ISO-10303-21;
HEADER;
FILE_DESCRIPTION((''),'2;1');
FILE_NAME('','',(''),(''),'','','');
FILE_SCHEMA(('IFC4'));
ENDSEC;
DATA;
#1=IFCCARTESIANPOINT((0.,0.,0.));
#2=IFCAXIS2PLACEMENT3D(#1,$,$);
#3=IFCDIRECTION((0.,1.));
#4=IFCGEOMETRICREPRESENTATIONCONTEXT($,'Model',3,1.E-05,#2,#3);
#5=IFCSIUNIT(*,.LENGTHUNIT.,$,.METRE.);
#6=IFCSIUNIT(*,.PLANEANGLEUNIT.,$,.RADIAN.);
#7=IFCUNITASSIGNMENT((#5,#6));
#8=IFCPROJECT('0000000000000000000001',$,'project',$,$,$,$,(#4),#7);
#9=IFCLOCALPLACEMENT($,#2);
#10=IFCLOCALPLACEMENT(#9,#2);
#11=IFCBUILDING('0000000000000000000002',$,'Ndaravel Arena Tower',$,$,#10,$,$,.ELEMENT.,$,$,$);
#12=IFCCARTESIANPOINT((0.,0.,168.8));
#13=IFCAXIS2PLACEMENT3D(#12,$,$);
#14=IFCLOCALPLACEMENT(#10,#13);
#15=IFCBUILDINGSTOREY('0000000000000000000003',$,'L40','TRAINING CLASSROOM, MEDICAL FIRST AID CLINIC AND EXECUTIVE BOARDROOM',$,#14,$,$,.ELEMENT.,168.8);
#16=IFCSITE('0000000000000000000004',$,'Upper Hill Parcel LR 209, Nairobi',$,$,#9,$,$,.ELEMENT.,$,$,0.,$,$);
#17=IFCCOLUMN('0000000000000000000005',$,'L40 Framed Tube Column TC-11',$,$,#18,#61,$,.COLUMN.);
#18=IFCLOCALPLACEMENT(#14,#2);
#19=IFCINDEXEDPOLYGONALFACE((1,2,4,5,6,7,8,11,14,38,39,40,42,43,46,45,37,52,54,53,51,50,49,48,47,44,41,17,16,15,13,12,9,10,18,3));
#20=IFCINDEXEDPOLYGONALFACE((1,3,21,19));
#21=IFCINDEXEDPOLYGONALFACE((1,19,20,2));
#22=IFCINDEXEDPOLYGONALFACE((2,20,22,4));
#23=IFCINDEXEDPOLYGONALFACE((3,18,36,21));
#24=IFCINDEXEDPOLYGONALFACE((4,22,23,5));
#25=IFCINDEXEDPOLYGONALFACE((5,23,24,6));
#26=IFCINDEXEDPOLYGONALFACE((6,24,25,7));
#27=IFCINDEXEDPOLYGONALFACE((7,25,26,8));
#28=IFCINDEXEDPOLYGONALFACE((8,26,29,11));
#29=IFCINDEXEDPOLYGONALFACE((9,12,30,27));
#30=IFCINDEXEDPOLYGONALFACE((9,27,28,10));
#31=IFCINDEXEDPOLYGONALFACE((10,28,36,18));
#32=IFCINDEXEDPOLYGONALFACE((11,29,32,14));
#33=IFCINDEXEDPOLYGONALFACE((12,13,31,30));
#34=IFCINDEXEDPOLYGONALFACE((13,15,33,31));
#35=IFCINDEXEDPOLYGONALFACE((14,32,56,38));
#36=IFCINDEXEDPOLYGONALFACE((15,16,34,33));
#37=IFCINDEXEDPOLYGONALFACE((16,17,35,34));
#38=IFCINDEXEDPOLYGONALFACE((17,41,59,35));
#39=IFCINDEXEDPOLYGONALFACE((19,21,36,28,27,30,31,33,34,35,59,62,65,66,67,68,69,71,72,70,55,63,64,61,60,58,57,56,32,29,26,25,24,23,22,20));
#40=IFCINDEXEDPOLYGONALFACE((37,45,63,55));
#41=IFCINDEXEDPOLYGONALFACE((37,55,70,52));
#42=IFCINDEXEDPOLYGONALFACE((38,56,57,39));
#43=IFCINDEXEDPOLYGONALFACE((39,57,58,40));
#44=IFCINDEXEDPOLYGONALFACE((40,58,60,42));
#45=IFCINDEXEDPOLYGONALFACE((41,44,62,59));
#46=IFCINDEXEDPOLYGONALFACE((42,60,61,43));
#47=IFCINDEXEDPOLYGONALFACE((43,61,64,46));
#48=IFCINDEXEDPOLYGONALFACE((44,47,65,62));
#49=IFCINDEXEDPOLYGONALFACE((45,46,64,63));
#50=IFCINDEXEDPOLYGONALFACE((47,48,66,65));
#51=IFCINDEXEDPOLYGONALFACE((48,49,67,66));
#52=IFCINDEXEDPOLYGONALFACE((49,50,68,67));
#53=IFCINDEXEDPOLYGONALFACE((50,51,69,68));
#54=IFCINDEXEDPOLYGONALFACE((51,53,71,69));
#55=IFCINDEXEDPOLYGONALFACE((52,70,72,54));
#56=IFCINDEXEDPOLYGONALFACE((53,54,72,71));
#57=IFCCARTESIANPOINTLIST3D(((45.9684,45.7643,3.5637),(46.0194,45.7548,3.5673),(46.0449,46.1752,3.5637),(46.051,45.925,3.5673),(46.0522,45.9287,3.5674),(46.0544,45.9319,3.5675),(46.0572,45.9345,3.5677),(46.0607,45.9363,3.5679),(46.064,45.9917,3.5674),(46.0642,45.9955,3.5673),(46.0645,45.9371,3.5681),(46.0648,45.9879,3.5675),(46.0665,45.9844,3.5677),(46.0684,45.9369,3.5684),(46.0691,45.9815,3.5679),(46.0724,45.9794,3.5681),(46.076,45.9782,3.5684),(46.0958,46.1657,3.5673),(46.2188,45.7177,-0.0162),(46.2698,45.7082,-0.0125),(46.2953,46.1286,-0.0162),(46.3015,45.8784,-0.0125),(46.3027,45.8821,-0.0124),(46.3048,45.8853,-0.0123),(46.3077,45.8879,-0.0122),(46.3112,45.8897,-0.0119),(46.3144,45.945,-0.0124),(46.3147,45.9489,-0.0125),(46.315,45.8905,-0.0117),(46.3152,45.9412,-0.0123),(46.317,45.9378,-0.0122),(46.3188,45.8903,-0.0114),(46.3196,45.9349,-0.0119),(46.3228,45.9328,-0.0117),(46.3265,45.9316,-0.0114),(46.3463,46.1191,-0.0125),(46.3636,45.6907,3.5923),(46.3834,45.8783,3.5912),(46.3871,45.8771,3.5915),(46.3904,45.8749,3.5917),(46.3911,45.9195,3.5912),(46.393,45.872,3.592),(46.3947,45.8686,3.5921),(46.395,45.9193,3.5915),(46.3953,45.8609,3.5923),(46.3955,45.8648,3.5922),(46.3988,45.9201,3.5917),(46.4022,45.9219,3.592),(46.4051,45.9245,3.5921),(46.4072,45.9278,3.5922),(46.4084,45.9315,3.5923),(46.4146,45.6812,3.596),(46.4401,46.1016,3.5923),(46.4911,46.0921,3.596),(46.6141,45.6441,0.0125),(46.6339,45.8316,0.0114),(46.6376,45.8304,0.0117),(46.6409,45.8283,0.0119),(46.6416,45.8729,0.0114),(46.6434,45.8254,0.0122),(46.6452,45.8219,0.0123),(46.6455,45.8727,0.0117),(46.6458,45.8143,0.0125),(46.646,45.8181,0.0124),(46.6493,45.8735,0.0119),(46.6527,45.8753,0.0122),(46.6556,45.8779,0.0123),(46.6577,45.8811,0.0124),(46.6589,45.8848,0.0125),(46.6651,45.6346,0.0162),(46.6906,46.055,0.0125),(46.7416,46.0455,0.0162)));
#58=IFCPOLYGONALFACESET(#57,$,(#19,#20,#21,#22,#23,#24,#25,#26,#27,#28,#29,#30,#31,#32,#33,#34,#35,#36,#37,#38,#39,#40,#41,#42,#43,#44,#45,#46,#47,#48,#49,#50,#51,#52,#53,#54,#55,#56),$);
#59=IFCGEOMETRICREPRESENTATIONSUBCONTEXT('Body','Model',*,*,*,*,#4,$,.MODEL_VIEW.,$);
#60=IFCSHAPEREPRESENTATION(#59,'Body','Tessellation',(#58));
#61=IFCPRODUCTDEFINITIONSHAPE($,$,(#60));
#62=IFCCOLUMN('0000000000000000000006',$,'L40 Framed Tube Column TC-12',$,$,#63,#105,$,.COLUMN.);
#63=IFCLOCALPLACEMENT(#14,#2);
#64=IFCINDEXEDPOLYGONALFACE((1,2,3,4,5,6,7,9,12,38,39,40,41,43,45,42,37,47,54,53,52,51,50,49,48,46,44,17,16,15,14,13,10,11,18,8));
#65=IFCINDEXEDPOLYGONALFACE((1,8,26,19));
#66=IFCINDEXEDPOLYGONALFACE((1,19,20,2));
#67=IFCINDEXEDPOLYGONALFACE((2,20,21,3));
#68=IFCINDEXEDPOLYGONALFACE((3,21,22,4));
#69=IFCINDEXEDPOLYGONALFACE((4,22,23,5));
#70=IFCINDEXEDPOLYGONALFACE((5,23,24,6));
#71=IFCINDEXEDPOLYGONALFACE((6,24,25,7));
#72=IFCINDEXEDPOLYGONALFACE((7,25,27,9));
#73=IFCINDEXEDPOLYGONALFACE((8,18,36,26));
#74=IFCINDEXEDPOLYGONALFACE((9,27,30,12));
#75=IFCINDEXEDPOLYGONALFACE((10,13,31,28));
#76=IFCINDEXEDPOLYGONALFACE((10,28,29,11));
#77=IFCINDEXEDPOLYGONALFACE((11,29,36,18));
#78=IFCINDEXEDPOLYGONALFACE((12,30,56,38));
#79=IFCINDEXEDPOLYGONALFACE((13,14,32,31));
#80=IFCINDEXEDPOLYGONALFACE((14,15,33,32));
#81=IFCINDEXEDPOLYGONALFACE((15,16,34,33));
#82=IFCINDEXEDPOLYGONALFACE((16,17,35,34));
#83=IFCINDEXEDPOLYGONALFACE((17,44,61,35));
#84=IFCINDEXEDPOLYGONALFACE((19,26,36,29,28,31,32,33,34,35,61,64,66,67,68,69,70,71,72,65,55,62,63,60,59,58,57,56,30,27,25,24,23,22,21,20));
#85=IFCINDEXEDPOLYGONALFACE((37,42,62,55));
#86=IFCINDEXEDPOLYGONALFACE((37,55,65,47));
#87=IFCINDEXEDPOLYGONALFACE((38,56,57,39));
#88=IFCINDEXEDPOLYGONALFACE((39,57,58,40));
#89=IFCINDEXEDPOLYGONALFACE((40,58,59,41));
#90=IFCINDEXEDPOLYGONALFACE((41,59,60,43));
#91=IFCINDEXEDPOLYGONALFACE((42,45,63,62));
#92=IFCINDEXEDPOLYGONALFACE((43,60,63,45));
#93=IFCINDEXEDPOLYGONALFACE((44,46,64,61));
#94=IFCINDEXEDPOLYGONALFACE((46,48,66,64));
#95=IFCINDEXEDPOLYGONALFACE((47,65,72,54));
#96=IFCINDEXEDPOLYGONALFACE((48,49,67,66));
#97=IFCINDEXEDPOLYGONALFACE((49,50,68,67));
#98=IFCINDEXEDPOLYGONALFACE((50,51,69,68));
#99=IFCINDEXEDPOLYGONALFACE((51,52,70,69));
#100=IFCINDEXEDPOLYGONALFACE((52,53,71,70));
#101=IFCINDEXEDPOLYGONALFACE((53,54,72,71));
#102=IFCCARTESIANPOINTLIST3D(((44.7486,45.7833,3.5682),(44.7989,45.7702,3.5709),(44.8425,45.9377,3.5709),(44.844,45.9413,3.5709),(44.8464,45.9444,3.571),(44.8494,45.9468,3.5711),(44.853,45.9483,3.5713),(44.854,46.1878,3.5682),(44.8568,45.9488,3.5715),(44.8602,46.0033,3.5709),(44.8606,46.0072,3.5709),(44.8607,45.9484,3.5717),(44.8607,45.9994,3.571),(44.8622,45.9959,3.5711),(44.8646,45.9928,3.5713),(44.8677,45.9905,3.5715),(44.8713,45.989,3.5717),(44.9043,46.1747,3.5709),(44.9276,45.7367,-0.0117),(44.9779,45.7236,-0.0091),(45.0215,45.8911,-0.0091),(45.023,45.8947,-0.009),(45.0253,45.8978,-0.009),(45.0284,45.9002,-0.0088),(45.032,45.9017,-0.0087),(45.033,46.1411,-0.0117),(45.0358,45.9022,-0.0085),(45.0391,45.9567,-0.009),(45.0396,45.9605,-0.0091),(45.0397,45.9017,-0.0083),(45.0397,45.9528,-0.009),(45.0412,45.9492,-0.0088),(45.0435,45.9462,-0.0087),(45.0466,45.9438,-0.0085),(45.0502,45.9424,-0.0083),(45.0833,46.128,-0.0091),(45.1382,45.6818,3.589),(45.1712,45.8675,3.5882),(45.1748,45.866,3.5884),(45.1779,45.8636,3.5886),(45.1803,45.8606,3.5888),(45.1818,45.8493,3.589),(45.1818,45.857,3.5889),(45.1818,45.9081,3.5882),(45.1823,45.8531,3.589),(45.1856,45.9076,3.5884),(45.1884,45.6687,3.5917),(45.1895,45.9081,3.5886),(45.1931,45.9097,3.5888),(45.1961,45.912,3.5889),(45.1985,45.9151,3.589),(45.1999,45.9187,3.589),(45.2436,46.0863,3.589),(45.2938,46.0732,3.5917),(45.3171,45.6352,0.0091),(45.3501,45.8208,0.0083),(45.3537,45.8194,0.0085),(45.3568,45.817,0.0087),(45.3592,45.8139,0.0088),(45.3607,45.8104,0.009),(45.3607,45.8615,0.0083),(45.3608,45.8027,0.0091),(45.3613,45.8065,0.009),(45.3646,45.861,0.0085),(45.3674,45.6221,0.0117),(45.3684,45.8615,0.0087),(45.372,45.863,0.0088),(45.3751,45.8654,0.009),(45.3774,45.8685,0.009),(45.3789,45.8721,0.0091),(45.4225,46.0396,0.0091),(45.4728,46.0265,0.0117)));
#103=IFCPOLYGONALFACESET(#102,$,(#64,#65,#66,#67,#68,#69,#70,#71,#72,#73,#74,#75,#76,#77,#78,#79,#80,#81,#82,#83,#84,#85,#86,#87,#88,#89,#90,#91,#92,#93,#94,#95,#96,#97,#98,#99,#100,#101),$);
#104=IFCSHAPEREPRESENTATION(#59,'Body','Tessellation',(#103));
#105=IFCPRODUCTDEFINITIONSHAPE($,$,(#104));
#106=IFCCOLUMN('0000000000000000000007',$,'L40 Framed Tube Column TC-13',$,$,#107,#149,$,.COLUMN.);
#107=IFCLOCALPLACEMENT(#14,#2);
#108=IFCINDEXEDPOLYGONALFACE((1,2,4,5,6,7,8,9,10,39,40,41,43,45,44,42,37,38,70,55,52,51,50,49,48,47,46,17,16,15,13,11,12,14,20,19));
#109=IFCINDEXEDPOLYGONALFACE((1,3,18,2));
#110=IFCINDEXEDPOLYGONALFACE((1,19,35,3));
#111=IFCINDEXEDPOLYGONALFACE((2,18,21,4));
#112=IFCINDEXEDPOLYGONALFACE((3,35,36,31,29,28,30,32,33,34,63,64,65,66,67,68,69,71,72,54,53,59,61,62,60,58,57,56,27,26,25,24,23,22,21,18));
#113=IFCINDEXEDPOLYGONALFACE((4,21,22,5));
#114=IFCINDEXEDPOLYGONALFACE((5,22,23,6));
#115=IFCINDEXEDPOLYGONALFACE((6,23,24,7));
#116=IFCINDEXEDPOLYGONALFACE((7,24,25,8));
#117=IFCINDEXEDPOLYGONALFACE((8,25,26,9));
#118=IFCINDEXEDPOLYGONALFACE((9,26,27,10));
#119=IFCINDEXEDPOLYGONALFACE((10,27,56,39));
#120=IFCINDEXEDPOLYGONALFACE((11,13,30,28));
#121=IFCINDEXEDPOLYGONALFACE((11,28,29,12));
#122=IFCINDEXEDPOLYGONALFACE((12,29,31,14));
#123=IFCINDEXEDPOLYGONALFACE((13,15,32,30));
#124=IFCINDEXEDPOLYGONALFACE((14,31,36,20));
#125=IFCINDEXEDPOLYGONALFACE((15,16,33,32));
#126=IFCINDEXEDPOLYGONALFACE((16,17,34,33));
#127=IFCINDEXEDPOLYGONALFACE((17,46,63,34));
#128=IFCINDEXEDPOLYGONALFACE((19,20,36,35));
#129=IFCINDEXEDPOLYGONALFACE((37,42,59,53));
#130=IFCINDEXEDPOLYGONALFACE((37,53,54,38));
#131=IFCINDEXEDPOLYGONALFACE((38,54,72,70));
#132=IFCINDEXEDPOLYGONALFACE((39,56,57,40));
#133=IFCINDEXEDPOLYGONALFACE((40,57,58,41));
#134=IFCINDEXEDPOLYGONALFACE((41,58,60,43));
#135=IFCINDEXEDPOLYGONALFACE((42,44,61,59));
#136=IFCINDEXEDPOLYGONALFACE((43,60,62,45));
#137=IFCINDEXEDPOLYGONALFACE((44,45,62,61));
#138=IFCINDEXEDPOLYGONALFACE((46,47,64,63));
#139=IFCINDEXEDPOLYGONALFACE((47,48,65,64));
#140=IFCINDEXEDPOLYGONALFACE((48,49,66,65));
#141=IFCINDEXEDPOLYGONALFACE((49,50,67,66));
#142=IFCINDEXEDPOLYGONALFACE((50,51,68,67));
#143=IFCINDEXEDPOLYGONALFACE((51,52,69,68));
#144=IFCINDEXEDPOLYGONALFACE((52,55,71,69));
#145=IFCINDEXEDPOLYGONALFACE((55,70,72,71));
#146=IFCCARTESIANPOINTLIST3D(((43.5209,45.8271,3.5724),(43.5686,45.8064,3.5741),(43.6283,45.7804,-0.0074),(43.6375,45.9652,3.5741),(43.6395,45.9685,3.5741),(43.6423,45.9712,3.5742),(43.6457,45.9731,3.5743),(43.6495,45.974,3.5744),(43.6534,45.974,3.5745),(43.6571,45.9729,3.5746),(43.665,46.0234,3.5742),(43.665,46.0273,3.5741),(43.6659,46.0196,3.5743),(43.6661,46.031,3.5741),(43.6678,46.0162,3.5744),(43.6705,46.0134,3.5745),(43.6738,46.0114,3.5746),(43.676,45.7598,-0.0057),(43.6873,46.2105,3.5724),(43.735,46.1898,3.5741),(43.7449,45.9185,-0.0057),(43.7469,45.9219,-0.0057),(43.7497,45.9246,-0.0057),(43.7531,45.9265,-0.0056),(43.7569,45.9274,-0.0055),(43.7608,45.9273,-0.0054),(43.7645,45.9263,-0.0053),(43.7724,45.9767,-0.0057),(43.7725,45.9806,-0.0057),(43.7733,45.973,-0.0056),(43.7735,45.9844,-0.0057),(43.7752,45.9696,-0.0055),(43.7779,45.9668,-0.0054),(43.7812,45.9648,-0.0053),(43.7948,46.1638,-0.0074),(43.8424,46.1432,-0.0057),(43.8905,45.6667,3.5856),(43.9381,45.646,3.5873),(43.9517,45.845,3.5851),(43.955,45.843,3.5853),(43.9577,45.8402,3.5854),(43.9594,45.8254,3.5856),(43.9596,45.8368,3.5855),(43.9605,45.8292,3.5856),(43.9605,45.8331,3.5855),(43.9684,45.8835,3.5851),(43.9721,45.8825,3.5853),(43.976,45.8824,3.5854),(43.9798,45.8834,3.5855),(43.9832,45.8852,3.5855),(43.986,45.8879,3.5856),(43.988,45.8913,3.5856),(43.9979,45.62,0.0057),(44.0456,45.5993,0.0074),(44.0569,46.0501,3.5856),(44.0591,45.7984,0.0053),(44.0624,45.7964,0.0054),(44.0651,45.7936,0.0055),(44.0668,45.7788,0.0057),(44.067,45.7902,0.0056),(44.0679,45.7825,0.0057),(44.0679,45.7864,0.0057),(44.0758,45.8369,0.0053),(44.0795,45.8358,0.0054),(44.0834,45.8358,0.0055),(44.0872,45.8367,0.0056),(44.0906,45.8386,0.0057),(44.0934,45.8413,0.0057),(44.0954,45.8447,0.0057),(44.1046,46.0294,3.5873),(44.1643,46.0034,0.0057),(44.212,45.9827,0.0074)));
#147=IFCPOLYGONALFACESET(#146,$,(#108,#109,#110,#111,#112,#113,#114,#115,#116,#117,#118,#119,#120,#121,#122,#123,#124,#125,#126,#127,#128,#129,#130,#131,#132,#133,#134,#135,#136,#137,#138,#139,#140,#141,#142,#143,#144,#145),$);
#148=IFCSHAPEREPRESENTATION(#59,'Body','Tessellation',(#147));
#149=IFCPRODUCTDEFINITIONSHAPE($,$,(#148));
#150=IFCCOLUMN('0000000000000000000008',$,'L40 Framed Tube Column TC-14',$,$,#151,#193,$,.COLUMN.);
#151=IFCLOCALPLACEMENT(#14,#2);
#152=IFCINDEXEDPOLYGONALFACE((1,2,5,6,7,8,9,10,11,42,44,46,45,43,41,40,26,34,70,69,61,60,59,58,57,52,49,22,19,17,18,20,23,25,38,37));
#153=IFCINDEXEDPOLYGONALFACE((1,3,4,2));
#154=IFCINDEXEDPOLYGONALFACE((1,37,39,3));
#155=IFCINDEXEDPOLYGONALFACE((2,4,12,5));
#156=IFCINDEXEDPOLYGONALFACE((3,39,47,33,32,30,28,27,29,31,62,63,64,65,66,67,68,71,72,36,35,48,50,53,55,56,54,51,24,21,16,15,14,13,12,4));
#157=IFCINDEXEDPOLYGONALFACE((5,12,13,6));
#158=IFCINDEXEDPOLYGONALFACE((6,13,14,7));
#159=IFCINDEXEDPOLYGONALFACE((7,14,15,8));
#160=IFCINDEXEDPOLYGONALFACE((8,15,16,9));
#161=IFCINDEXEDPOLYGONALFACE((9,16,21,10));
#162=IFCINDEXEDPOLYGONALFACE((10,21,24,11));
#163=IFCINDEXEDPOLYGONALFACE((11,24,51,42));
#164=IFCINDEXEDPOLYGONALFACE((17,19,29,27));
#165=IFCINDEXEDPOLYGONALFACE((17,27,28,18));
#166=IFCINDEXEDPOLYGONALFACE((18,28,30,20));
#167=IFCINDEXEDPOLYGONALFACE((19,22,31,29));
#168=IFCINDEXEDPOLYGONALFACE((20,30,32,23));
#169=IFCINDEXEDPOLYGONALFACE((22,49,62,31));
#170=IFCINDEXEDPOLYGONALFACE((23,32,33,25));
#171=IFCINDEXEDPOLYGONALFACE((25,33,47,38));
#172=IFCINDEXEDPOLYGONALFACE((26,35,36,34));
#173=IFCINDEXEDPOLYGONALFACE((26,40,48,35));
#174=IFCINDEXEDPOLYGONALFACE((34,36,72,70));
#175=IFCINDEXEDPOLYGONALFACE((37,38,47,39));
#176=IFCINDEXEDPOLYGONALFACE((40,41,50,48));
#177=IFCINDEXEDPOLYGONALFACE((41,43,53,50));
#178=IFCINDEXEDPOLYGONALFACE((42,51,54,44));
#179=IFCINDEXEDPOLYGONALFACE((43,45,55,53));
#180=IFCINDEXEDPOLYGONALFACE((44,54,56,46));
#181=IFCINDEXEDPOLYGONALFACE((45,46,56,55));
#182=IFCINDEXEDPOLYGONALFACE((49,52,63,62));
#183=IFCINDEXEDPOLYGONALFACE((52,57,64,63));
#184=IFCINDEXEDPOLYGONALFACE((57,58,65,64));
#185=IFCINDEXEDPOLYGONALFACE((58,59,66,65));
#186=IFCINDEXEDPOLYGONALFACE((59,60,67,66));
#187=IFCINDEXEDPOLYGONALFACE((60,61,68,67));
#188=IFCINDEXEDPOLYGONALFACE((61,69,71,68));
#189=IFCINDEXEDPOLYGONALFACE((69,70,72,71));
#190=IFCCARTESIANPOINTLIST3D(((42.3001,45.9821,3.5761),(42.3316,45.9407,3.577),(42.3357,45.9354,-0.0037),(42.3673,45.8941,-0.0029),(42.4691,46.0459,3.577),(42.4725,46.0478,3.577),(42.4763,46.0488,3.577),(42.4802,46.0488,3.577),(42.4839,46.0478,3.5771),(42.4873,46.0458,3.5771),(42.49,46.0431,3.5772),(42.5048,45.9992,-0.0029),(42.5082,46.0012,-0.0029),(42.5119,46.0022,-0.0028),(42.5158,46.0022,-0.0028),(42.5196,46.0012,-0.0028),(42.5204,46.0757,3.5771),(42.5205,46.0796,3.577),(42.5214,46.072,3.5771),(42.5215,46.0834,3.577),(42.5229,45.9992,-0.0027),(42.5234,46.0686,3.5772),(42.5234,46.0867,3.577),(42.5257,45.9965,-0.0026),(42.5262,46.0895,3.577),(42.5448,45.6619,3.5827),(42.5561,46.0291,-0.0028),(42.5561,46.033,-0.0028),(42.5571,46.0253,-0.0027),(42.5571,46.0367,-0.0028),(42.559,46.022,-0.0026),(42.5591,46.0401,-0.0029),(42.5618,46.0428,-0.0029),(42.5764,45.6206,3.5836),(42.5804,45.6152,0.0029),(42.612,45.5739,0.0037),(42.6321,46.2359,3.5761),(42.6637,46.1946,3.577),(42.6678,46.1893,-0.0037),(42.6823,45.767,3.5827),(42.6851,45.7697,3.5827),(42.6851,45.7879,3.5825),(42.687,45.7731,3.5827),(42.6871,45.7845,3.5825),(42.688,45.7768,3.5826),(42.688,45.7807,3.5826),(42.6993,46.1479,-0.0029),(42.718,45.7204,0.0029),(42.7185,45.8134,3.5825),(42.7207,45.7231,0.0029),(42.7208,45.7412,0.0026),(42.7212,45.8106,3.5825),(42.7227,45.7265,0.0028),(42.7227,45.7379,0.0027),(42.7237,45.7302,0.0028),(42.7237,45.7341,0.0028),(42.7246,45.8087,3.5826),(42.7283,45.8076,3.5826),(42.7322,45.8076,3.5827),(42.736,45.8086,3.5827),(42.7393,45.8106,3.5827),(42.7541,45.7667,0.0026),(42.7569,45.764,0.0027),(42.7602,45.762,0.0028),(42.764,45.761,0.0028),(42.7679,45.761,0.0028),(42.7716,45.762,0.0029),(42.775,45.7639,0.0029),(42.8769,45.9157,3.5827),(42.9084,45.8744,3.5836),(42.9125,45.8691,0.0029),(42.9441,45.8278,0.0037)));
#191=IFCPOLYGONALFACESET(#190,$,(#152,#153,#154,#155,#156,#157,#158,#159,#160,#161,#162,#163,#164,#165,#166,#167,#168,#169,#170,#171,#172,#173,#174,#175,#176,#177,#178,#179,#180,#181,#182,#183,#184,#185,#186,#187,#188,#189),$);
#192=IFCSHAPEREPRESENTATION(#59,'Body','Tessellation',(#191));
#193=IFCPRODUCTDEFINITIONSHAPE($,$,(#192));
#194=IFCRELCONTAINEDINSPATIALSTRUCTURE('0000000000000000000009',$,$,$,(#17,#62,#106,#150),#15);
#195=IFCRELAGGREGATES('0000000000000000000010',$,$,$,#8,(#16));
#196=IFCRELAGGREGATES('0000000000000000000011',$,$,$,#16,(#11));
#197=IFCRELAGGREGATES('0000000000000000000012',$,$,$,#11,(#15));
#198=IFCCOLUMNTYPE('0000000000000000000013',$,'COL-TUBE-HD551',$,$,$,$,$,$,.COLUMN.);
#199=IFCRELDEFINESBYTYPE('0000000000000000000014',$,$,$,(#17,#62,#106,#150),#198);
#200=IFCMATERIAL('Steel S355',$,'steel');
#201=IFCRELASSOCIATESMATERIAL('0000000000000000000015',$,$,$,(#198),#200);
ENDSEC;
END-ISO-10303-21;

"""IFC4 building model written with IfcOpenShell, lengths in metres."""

from ifc_helpers import new_model, si_unit, direction, frame, origin, origin_2d, place, context, subcontext, project, spatial, i_section, extrude, material, material_profile, profile_set, type_object, element, save


model = new_model("IFC4")

# Units and contexts
model_context = context("Model", 3, precision=1e-05, world=origin(), true_north=direction((0.0, 1.0)))
body_context = subcontext(model_context, "Body", "Model", "MODEL_VIEW")
ifc_project = project(units=[si_unit("LENGTHUNIT", "METRE"), si_unit("PLANEANGLEUNIT", "RADIAN")], contexts=[model_context])

# Site, building, storey
site_placement = place(None, origin())
site = spatial("IfcSite", under=ifc_project, at=site_placement, Name="Upper Hill Parcel LR 209, Nairobi", CompositionType="ELEMENT", RefElevation=0.0)
building_placement = place(site_placement, origin())
building = spatial("IfcBuilding", under=site, at=building_placement, Name="Ndaravel Arena Tower", CompositionType="ELEMENT")
storey_placement = place(building_placement, frame((0.0, 0.0, 168.8)))
storey = spatial("IfcBuildingStorey", under=building, at=storey_placement, Name="L40", Description="TRAINING CLASSROOM, MEDICAL FIRST AID CLINIC AND EXECUTIVE BOARDROOM", CompositionType="ELEMENT", Elevation=168.8)

# Columns
ifc_material_1 = material(Name="Steel S355", Category="steel")
ifc_material_profile_1 = material_profile(ifc_material_1, i_section(OverallWidth=0.418, OverallDepth=0.4551, WebThickness=0.042, FlangeThickness=0.052, FilletRadius=0.0149, at=origin_2d()), Name="HD 400x551")
ifc_profile_set_1 = profile_set([ifc_material_profile_1], Name="Steel S355")
column_type = type_object("IfcColumnType", Name="COL-TUBE-HD551", PredefinedType="COLUMN", material=ifc_profile_set_1)
column_1_placement = place(storey_placement, frame((46.4802, 45.8816, 0.0), z_axis=(-0.069795, 0.012993, 0.997477), x_axis=(-0.183016, -0.98311, 0.0)))
element("IfcColumn", 1, at=column_1_placement, inside=storey, type_object=column_type, Name="L40 Framed Tube Column TC-11", PredefinedType="COLUMN", context=body_context, shape_type="SweptSolid", body=[
    extrude(i_section(OverallWidth=0.418, OverallDepth=0.4551, WebThickness=0.042, FlangeThickness=0.052, FilletRadius=0.0149, at=origin_2d()), origin(), (0.0, 0.0, 1.0), 3.5889),
])
column_2_placement = place(storey_placement, frame((45.2002, 45.8816, 0.0), z_axis=(-0.049923, 0.013009, 0.998668), x_axis=(-0.252153, -0.967687, 0.0)))
element("IfcColumn", 2, at=column_2_placement, inside=storey, type_object=column_type, Name="L40 Framed Tube Column TC-12", PredefinedType="COLUMN", context=body_context, shape_type="SweptSolid", body=[
    extrude(i_section(OverallWidth=0.418, OverallDepth=0.4551, WebThickness=0.042, FlangeThickness=0.052, FilletRadius=0.0149, at=origin_2d()), origin(), (0.0, 0.0, 1.0), 3.5847),
])
column_3_placement = place(storey_placement, frame((43.9202, 45.8816, 0.0), z_axis=(-0.029991, 0.013019, 0.999465), x_axis=(-0.398192, -0.917302, 0.0)))
element("IfcColumn", 3, at=column_3_placement, inside=storey, type_object=column_type, Name="L40 Framed Tube Column TC-13", PredefinedType="COLUMN", context=body_context, shape_type="SweptSolid", body=[
    extrude(i_section(OverallWidth=0.418, OverallDepth=0.4551, WebThickness=0.042, FlangeThickness=0.052, FilletRadius=0.0149, at=origin_2d()), origin(), (0.0, 0.0, 1.0), 3.5818),
])
column_4_placement = place(storey_placement, frame((42.6399, 45.8816, 0.0), z_axis=(-0.009956, 0.013024, 0.999866), x_axis=(-0.794476, -0.607296, 0.0)))
element("IfcColumn", 4, at=column_4_placement, inside=storey, type_object=column_type, Name="L40 Framed Tube Column TC-14", PredefinedType="COLUMN", context=body_context, shape_type="SweptSolid", body=[
    extrude(i_section(OverallWidth=0.418, OverallDepth=0.4551, WebThickness=0.042, FlangeThickness=0.052, FilletRadius=0.0149, at=origin_2d()), origin(), (0.0, 0.0, 1.0), 3.5803),
])

save(model, "model.ifc")
